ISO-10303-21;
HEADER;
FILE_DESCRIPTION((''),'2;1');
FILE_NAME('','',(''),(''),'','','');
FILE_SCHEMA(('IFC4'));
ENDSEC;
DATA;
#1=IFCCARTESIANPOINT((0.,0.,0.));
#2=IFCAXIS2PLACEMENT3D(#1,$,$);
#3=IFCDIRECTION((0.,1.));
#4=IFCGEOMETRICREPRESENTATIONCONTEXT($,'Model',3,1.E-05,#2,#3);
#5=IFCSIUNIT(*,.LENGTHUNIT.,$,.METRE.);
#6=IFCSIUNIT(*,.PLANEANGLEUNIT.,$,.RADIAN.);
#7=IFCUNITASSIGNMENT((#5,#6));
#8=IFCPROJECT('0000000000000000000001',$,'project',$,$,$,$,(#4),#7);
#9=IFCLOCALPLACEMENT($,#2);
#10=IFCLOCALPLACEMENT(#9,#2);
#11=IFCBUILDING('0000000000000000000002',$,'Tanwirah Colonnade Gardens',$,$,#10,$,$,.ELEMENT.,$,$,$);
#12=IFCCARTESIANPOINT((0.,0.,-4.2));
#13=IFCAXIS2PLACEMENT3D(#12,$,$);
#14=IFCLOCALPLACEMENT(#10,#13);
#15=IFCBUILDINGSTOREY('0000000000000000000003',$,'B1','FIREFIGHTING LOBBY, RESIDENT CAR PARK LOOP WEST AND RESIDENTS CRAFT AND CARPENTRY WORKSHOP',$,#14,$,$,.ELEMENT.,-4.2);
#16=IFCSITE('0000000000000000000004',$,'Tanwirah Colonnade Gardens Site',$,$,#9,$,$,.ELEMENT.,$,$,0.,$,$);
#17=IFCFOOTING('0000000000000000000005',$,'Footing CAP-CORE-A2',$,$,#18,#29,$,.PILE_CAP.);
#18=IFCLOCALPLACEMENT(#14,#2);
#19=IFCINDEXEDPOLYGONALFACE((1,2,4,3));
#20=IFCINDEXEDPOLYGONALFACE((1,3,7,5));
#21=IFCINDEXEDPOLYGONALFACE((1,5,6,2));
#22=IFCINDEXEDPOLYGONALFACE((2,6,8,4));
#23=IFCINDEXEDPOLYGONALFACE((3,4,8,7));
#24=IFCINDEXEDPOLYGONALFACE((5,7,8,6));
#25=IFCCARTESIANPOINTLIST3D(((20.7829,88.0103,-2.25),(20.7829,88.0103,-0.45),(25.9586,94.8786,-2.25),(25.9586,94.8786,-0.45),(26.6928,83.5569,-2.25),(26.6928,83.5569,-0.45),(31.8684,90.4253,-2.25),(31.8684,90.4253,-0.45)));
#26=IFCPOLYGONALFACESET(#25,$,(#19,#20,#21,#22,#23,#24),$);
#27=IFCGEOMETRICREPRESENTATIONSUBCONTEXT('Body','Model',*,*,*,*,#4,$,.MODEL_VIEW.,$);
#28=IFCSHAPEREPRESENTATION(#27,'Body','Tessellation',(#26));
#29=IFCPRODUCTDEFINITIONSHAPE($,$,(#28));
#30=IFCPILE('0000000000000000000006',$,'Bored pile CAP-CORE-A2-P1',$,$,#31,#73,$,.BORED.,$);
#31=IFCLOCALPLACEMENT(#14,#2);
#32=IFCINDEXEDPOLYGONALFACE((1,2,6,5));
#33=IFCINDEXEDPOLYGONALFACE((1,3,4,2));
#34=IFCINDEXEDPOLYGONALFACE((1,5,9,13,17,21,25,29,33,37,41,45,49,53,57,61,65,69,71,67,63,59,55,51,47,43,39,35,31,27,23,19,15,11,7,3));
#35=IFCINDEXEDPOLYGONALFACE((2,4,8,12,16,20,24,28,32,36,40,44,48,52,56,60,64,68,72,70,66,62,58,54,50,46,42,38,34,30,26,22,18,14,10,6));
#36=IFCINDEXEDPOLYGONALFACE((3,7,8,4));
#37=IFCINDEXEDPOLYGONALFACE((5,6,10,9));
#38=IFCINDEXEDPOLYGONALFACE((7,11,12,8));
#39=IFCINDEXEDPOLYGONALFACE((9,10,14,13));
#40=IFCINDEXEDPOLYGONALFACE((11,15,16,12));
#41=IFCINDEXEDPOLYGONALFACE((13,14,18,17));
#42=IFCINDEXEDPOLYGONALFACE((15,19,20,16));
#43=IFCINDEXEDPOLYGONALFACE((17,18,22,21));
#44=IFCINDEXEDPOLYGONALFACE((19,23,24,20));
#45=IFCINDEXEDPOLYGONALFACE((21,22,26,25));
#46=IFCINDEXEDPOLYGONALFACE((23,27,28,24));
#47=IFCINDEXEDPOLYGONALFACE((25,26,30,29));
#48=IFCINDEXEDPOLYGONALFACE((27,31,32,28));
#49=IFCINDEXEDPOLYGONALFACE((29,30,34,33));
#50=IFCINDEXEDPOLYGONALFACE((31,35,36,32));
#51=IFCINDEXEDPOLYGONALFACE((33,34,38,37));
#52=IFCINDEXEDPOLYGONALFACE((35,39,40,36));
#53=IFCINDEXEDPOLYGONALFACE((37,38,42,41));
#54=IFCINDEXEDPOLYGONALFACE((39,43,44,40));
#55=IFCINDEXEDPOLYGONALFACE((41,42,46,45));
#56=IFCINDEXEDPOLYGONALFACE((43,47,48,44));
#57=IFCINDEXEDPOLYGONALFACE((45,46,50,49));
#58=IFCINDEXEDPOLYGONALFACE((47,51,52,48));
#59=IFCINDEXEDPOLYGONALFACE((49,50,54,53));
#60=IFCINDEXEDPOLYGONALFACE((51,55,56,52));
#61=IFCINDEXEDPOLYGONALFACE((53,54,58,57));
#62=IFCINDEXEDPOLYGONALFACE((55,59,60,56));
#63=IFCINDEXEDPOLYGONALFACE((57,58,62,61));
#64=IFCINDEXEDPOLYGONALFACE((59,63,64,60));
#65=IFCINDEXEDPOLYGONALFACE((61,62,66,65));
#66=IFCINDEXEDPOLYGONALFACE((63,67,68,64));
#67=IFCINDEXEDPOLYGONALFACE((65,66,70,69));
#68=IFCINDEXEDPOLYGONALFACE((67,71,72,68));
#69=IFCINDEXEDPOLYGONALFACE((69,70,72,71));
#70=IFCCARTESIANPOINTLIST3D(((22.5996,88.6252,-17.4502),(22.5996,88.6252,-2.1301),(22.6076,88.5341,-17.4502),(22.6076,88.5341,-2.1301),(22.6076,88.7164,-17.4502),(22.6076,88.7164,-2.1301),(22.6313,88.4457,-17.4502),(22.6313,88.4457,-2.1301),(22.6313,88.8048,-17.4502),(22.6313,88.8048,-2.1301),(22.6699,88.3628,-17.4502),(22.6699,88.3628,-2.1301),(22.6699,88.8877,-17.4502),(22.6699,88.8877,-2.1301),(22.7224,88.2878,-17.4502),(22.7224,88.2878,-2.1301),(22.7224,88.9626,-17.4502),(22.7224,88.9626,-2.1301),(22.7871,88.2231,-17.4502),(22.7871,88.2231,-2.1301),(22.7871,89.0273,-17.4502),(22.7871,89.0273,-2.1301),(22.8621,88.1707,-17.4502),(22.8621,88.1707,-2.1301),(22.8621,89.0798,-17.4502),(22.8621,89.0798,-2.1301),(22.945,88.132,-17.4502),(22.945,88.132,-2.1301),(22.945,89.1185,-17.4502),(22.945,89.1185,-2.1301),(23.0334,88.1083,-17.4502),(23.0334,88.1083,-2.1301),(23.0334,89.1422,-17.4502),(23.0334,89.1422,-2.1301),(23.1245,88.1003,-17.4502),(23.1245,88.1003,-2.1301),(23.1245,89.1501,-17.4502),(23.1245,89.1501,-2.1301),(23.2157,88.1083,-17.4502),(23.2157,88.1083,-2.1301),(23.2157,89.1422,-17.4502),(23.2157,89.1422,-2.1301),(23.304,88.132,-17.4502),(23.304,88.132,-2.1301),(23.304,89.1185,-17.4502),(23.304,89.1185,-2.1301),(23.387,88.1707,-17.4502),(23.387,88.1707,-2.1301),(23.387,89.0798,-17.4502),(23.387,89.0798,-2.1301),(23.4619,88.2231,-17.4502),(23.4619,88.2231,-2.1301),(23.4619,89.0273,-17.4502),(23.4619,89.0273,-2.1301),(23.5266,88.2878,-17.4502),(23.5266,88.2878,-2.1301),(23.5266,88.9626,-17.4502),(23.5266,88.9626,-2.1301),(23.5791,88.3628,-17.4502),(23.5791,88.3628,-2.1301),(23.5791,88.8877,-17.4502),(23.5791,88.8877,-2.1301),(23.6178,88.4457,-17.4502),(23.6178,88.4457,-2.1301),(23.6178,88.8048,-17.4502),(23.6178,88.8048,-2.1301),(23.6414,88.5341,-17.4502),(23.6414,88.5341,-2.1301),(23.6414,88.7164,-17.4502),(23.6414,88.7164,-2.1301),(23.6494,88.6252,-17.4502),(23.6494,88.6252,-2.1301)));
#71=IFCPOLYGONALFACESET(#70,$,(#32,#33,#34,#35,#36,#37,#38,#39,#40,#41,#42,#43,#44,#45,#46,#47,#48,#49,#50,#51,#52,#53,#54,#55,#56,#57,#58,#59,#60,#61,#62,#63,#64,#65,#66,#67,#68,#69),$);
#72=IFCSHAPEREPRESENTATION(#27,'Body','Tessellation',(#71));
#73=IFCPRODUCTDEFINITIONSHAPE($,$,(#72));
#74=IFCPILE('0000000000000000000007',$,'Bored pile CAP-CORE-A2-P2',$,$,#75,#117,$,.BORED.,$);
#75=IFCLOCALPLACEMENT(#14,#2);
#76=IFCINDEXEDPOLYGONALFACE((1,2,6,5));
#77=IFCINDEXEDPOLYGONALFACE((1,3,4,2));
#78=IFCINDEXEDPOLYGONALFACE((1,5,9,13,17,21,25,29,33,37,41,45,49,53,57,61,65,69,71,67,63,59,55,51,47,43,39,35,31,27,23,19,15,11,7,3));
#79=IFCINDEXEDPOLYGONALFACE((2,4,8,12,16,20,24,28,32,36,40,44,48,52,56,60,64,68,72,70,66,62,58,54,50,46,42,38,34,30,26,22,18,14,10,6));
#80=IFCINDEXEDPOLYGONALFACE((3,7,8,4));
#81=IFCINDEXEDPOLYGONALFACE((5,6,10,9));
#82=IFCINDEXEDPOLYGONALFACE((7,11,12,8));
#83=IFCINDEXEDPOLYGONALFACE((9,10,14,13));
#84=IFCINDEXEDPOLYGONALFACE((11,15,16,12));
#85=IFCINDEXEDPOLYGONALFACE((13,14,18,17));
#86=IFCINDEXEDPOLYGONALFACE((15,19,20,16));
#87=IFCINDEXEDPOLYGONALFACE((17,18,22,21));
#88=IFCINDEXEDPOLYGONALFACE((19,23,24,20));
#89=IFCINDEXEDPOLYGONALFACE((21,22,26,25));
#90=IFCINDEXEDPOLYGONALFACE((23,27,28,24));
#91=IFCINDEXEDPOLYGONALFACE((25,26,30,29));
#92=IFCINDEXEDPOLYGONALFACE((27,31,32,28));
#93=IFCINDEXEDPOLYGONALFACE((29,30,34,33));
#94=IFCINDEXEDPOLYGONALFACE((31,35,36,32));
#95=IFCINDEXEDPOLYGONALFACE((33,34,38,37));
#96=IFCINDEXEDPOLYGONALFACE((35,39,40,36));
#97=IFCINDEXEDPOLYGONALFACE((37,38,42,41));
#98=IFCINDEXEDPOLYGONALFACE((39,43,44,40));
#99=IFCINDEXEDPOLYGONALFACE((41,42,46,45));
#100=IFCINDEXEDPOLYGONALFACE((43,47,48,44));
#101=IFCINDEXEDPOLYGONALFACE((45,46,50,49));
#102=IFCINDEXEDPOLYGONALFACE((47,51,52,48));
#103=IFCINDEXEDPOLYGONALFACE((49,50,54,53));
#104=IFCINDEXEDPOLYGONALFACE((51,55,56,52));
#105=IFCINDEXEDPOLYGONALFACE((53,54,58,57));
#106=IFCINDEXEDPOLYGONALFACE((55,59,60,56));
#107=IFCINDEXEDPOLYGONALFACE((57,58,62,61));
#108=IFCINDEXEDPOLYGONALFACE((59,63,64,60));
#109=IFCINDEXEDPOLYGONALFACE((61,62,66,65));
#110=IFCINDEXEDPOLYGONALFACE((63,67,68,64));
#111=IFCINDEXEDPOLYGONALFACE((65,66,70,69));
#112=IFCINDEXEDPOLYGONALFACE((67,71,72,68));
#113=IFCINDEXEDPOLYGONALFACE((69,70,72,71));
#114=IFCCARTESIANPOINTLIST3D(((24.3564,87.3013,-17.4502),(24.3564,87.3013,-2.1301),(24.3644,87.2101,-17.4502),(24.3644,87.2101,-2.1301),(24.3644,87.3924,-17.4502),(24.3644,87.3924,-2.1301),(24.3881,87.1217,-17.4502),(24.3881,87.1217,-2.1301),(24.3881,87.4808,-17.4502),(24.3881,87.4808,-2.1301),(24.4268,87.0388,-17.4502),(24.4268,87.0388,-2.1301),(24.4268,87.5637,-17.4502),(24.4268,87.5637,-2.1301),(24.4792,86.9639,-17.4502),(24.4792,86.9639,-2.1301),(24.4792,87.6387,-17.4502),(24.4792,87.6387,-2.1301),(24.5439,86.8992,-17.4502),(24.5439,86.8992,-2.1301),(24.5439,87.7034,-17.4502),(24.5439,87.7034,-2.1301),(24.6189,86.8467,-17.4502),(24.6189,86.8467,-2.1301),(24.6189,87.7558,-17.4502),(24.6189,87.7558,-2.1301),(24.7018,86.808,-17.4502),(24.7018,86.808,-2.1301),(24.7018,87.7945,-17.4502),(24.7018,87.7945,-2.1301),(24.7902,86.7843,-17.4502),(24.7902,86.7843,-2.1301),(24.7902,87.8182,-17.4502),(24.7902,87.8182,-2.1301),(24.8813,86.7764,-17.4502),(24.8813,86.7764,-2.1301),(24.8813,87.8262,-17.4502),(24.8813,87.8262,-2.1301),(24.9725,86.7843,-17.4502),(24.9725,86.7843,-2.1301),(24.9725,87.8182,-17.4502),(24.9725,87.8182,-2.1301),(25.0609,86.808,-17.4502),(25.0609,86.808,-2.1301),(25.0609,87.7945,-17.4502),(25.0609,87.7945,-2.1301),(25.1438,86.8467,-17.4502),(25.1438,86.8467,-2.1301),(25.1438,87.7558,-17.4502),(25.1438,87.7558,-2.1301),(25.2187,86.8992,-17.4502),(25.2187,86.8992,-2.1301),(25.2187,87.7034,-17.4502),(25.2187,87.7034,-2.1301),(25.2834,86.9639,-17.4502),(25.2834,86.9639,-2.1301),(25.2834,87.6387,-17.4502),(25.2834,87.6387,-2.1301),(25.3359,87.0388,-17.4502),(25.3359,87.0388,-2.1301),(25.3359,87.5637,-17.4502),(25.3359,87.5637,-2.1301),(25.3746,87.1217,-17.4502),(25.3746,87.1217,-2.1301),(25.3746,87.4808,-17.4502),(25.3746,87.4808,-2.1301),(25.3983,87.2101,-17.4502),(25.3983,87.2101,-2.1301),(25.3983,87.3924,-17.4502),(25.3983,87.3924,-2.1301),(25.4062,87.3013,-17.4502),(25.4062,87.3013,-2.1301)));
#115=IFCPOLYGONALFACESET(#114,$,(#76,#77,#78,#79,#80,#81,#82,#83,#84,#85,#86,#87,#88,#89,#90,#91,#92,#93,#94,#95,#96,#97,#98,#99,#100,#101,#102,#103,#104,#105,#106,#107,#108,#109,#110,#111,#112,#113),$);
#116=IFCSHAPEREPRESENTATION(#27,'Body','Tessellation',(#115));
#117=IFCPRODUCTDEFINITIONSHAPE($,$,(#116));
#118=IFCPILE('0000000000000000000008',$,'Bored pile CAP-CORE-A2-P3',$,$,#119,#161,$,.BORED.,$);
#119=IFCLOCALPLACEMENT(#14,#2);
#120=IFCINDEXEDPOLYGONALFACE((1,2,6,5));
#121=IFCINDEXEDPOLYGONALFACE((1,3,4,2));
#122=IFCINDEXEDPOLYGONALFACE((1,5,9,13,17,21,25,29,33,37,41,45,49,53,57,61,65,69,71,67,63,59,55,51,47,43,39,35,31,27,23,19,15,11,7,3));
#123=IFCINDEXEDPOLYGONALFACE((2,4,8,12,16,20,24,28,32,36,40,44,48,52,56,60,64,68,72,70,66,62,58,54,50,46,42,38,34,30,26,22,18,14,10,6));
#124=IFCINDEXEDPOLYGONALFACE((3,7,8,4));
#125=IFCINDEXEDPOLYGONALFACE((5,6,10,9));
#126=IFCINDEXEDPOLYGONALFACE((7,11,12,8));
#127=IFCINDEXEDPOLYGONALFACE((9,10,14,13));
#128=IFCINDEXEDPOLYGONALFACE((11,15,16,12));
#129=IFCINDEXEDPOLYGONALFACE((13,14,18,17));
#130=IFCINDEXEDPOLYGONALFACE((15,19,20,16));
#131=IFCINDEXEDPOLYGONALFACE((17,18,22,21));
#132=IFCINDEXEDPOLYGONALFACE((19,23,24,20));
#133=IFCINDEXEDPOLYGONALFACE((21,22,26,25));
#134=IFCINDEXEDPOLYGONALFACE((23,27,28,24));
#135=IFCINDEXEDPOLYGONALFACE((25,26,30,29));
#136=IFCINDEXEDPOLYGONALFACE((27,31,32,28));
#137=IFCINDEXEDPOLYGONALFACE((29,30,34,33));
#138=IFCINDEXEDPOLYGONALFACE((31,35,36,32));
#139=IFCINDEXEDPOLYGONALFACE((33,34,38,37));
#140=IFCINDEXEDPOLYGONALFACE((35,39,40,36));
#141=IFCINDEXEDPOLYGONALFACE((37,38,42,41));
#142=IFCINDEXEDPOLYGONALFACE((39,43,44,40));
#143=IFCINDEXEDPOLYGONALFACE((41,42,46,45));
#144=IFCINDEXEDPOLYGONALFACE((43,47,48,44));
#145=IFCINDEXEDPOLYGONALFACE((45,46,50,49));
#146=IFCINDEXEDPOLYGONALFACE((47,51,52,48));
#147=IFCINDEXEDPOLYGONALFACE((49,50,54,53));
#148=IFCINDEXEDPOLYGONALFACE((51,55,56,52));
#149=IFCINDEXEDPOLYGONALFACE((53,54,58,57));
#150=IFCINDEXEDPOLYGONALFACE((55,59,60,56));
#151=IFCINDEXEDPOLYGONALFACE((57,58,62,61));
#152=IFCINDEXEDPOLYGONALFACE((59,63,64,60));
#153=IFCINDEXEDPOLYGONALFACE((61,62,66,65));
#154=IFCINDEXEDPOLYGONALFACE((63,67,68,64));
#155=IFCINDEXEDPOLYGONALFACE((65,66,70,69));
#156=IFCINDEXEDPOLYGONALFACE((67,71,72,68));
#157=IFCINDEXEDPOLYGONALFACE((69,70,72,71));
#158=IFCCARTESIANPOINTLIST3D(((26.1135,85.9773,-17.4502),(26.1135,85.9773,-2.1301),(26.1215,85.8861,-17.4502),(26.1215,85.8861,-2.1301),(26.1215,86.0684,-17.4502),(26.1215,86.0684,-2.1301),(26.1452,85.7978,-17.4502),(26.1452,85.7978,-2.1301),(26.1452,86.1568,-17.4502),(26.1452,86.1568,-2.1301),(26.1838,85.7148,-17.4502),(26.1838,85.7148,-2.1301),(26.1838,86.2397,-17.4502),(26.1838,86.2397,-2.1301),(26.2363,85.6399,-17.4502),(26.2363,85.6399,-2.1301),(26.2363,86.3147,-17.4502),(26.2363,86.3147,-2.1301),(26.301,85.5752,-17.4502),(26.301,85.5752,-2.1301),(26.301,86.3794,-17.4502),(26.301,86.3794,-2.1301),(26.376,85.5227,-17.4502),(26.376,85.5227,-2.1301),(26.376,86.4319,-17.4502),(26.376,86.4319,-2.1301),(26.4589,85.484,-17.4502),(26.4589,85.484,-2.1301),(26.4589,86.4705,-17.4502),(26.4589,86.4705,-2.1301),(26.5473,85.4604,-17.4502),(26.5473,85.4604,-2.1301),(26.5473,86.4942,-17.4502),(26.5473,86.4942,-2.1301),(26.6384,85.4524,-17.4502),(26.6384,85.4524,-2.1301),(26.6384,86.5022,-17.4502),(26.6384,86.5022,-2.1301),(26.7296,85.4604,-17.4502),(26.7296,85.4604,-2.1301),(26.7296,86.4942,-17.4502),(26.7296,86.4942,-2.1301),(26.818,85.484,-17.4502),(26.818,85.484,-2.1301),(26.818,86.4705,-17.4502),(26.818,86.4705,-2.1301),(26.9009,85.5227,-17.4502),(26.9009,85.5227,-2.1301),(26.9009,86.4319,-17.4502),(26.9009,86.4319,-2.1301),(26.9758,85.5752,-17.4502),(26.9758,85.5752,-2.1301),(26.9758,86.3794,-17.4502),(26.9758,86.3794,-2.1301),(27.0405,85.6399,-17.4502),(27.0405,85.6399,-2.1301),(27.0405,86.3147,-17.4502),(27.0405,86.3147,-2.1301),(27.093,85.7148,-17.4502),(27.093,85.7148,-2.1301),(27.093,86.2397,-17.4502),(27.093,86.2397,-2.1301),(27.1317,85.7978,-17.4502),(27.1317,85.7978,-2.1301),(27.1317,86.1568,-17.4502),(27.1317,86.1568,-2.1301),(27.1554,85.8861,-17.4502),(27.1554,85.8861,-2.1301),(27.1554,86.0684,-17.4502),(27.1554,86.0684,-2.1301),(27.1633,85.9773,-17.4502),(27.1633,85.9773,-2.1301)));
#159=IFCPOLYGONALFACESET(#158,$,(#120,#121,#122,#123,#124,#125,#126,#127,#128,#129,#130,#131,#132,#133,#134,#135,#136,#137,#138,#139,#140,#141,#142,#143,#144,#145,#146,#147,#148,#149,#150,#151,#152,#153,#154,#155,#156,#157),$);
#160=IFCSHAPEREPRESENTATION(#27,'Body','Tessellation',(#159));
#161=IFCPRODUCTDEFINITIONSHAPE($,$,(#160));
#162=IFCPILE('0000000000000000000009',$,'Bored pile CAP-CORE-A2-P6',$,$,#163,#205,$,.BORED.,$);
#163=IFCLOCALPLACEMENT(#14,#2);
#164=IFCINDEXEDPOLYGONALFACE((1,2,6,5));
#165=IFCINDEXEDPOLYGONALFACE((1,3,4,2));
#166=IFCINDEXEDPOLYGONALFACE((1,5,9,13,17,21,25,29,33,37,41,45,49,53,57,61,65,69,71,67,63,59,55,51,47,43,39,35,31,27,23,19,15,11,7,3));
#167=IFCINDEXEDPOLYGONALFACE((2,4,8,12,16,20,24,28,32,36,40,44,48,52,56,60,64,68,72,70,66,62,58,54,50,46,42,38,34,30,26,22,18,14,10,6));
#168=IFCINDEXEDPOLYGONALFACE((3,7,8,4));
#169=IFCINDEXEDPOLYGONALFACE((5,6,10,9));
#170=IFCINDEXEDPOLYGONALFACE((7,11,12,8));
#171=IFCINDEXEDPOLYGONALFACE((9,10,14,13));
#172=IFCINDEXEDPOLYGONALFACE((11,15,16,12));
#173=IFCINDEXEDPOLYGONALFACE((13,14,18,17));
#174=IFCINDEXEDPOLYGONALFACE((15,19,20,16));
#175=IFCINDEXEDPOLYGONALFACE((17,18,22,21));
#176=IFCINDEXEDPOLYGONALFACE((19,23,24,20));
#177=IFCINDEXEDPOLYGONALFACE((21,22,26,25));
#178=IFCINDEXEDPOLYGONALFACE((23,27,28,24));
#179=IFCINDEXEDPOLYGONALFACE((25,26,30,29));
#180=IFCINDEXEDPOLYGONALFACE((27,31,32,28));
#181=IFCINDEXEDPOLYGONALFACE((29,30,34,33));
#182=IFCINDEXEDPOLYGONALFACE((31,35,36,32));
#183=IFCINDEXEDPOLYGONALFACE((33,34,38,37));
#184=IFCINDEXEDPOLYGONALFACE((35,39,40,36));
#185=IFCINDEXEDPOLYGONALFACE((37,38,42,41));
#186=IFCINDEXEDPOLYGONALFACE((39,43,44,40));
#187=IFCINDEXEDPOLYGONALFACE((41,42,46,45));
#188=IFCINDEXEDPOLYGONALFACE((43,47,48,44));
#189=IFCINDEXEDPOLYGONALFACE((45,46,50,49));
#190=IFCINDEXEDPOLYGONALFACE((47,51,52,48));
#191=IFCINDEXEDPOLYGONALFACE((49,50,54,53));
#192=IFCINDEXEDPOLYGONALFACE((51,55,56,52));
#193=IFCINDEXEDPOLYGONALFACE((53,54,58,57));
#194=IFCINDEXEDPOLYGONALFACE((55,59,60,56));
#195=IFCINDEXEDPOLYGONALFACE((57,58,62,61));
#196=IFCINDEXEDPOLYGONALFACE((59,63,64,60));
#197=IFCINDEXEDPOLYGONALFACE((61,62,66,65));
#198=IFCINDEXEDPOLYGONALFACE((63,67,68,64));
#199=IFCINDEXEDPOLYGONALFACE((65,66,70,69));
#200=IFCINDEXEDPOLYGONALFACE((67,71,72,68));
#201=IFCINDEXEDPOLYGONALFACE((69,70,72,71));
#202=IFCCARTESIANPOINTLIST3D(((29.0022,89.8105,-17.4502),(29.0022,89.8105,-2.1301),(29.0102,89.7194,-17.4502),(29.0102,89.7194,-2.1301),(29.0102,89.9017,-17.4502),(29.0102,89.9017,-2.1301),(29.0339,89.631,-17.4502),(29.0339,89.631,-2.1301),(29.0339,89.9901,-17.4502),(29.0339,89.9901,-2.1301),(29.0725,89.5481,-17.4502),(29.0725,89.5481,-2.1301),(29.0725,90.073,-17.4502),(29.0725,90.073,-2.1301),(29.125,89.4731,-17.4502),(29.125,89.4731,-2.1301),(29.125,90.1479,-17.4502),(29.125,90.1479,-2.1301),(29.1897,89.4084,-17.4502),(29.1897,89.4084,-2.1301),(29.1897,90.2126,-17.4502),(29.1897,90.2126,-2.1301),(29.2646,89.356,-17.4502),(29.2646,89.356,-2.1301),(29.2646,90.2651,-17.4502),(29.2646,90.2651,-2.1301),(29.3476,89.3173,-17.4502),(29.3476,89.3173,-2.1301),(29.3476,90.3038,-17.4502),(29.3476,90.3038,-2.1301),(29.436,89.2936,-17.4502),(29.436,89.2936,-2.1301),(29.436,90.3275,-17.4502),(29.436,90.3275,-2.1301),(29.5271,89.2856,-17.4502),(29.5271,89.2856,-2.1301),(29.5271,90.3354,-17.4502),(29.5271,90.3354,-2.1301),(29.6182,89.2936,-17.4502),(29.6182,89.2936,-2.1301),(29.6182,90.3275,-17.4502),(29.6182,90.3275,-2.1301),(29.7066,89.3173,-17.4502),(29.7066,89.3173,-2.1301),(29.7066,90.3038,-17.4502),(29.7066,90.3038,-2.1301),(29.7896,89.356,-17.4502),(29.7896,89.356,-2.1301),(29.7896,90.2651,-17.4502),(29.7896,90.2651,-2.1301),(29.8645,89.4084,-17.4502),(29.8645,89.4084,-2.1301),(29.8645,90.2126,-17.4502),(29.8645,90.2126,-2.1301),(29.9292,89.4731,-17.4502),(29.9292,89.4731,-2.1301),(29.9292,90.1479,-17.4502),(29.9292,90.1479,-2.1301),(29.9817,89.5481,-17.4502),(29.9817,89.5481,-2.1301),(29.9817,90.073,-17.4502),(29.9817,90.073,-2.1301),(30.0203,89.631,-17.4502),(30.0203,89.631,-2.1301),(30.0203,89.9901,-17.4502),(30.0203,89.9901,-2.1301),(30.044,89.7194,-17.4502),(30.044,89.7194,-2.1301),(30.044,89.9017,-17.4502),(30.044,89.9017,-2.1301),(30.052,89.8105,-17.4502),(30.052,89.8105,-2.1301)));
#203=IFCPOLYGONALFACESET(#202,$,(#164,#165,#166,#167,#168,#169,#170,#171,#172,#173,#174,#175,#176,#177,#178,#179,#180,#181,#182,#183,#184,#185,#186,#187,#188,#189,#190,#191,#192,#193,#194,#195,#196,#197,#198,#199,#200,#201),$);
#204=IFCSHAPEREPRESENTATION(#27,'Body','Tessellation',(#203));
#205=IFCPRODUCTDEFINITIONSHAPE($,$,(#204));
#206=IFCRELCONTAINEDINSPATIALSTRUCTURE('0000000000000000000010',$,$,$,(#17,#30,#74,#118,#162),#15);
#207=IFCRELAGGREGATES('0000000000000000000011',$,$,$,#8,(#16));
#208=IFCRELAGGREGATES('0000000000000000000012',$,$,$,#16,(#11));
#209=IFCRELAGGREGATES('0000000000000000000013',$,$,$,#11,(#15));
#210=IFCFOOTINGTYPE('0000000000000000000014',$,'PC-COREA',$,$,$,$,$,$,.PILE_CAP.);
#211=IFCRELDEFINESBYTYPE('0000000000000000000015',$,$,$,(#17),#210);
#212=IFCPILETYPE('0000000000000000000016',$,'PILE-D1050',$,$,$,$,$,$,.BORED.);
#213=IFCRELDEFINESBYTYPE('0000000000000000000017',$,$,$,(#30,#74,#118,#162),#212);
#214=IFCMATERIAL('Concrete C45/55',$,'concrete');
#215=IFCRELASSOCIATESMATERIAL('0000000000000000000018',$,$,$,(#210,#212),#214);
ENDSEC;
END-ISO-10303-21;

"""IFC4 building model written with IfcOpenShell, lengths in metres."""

from ifc_helpers import new_model, si_unit, direction, frame, origin, origin_2d, place, context, subcontext, project, spatial, rectangle, circle, extrude, material, material_profile, profile_set, type_object, element, save


model = new_model("IFC4")

# Units and contexts
model_context = context("Model", 3, precision=1e-05, world=origin(), true_north=direction((0.0, 1.0)))
body_context = subcontext(model_context, "Body", "Model", "MODEL_VIEW")
ifc_project = project(units=[si_unit("LENGTHUNIT", "METRE"), si_unit("PLANEANGLEUNIT", "RADIAN")], contexts=[model_context])

# Site, building, storey
site_placement = place(None, origin())
site = spatial("IfcSite", under=ifc_project, at=site_placement, Name="Tanwirah Colonnade Gardens Site", CompositionType="ELEMENT", RefElevation=0.0)
building_placement = place(site_placement, origin())
building = spatial("IfcBuilding", under=site, at=building_placement, Name="Tanwirah Colonnade Gardens", CompositionType="ELEMENT")
storey_placement = place(building_placement, frame((0.0, 0.0, -4.2)))
storey = spatial("IfcBuildingStorey", under=building, at=storey_placement, Name="B1", Description="FIREFIGHTING LOBBY, RESIDENT CAR PARK LOOP WEST AND RESIDENTS CRAFT AND CARPENTRY WORKSHOP", CompositionType="ELEMENT", Elevation=-4.2)

# Footing
ifc_material_1 = material(Name="Concrete C45/55", Category="concrete")
footing_type = type_object("IfcFootingType", Name="PC-COREA", PredefinedType="PILE_CAP", material=ifc_material_1)
footing_placement = place(storey_placement, frame((26.3257, 89.2178, -2.25), z_axis=(0.0, 0.0, 1.0), x_axis=(0.798636, -0.601815, 0.0)))
element("IfcFooting", 1, at=footing_placement, inside=storey, type_object=footing_type, Name="Footing CAP-CORE-A2", PredefinedType="PILE_CAP", context=body_context, shape_type="SweptSolid", body=[
    extrude(rectangle(XDim=7.3999, YDim=8.6001, at=origin_2d()), origin(), (0.0, 0.0, 1.0), 1.8),
])

# Piles
ifc_material_profile_1 = material_profile(ifc_material_1, circle(Radius=0.5249, at=origin_2d()), Name="PILE D1050")
ifc_profile_set_1 = profile_set([ifc_material_profile_1], Name="Concrete C45/55")
pile_type_1 = type_object("IfcPileType", Name="PILE-D1050", PredefinedType="BORED", material=ifc_profile_set_1)
for number, where, z_axis, x_axis, name in (
    (2, (23.1245, 88.6252, -2.1301), (0.0, 0.0, -1.0), (1.0, 0.0, 0.0), "Bored pile CAP-CORE-A2-P1"),
    (3, (24.8813, 87.3013, -2.1301), (0.0, 0.0, -1.0), (1.0, 0.0, 0.0), "Bored pile CAP-CORE-A2-P2"),
    (4, (26.6384, 85.9773, -2.1301), (0.0, 0.0, -1.0), (1.0, 0.0, 0.0), "Bored pile CAP-CORE-A2-P3"),
    (5, (29.5271, 89.8105, -2.1301), (0.0, 0.0, -1.0), (1.0, 0.0, 0.0), "Bored pile CAP-CORE-A2-P6"),
):
    element("IfcPile", number, at=place(storey_placement, frame(where, z_axis=z_axis, x_axis=x_axis)), inside=storey, type_object=pile_type_1, Name=name, PredefinedType="BORED", context=body_context, shape_type="SweptSolid", body=[
        extrude(circle(Radius=0.5249, at=origin_2d()), origin(), (0.0, 0.0, 1.0), 15.3201),
    ])

save(model, "model.ifc")
